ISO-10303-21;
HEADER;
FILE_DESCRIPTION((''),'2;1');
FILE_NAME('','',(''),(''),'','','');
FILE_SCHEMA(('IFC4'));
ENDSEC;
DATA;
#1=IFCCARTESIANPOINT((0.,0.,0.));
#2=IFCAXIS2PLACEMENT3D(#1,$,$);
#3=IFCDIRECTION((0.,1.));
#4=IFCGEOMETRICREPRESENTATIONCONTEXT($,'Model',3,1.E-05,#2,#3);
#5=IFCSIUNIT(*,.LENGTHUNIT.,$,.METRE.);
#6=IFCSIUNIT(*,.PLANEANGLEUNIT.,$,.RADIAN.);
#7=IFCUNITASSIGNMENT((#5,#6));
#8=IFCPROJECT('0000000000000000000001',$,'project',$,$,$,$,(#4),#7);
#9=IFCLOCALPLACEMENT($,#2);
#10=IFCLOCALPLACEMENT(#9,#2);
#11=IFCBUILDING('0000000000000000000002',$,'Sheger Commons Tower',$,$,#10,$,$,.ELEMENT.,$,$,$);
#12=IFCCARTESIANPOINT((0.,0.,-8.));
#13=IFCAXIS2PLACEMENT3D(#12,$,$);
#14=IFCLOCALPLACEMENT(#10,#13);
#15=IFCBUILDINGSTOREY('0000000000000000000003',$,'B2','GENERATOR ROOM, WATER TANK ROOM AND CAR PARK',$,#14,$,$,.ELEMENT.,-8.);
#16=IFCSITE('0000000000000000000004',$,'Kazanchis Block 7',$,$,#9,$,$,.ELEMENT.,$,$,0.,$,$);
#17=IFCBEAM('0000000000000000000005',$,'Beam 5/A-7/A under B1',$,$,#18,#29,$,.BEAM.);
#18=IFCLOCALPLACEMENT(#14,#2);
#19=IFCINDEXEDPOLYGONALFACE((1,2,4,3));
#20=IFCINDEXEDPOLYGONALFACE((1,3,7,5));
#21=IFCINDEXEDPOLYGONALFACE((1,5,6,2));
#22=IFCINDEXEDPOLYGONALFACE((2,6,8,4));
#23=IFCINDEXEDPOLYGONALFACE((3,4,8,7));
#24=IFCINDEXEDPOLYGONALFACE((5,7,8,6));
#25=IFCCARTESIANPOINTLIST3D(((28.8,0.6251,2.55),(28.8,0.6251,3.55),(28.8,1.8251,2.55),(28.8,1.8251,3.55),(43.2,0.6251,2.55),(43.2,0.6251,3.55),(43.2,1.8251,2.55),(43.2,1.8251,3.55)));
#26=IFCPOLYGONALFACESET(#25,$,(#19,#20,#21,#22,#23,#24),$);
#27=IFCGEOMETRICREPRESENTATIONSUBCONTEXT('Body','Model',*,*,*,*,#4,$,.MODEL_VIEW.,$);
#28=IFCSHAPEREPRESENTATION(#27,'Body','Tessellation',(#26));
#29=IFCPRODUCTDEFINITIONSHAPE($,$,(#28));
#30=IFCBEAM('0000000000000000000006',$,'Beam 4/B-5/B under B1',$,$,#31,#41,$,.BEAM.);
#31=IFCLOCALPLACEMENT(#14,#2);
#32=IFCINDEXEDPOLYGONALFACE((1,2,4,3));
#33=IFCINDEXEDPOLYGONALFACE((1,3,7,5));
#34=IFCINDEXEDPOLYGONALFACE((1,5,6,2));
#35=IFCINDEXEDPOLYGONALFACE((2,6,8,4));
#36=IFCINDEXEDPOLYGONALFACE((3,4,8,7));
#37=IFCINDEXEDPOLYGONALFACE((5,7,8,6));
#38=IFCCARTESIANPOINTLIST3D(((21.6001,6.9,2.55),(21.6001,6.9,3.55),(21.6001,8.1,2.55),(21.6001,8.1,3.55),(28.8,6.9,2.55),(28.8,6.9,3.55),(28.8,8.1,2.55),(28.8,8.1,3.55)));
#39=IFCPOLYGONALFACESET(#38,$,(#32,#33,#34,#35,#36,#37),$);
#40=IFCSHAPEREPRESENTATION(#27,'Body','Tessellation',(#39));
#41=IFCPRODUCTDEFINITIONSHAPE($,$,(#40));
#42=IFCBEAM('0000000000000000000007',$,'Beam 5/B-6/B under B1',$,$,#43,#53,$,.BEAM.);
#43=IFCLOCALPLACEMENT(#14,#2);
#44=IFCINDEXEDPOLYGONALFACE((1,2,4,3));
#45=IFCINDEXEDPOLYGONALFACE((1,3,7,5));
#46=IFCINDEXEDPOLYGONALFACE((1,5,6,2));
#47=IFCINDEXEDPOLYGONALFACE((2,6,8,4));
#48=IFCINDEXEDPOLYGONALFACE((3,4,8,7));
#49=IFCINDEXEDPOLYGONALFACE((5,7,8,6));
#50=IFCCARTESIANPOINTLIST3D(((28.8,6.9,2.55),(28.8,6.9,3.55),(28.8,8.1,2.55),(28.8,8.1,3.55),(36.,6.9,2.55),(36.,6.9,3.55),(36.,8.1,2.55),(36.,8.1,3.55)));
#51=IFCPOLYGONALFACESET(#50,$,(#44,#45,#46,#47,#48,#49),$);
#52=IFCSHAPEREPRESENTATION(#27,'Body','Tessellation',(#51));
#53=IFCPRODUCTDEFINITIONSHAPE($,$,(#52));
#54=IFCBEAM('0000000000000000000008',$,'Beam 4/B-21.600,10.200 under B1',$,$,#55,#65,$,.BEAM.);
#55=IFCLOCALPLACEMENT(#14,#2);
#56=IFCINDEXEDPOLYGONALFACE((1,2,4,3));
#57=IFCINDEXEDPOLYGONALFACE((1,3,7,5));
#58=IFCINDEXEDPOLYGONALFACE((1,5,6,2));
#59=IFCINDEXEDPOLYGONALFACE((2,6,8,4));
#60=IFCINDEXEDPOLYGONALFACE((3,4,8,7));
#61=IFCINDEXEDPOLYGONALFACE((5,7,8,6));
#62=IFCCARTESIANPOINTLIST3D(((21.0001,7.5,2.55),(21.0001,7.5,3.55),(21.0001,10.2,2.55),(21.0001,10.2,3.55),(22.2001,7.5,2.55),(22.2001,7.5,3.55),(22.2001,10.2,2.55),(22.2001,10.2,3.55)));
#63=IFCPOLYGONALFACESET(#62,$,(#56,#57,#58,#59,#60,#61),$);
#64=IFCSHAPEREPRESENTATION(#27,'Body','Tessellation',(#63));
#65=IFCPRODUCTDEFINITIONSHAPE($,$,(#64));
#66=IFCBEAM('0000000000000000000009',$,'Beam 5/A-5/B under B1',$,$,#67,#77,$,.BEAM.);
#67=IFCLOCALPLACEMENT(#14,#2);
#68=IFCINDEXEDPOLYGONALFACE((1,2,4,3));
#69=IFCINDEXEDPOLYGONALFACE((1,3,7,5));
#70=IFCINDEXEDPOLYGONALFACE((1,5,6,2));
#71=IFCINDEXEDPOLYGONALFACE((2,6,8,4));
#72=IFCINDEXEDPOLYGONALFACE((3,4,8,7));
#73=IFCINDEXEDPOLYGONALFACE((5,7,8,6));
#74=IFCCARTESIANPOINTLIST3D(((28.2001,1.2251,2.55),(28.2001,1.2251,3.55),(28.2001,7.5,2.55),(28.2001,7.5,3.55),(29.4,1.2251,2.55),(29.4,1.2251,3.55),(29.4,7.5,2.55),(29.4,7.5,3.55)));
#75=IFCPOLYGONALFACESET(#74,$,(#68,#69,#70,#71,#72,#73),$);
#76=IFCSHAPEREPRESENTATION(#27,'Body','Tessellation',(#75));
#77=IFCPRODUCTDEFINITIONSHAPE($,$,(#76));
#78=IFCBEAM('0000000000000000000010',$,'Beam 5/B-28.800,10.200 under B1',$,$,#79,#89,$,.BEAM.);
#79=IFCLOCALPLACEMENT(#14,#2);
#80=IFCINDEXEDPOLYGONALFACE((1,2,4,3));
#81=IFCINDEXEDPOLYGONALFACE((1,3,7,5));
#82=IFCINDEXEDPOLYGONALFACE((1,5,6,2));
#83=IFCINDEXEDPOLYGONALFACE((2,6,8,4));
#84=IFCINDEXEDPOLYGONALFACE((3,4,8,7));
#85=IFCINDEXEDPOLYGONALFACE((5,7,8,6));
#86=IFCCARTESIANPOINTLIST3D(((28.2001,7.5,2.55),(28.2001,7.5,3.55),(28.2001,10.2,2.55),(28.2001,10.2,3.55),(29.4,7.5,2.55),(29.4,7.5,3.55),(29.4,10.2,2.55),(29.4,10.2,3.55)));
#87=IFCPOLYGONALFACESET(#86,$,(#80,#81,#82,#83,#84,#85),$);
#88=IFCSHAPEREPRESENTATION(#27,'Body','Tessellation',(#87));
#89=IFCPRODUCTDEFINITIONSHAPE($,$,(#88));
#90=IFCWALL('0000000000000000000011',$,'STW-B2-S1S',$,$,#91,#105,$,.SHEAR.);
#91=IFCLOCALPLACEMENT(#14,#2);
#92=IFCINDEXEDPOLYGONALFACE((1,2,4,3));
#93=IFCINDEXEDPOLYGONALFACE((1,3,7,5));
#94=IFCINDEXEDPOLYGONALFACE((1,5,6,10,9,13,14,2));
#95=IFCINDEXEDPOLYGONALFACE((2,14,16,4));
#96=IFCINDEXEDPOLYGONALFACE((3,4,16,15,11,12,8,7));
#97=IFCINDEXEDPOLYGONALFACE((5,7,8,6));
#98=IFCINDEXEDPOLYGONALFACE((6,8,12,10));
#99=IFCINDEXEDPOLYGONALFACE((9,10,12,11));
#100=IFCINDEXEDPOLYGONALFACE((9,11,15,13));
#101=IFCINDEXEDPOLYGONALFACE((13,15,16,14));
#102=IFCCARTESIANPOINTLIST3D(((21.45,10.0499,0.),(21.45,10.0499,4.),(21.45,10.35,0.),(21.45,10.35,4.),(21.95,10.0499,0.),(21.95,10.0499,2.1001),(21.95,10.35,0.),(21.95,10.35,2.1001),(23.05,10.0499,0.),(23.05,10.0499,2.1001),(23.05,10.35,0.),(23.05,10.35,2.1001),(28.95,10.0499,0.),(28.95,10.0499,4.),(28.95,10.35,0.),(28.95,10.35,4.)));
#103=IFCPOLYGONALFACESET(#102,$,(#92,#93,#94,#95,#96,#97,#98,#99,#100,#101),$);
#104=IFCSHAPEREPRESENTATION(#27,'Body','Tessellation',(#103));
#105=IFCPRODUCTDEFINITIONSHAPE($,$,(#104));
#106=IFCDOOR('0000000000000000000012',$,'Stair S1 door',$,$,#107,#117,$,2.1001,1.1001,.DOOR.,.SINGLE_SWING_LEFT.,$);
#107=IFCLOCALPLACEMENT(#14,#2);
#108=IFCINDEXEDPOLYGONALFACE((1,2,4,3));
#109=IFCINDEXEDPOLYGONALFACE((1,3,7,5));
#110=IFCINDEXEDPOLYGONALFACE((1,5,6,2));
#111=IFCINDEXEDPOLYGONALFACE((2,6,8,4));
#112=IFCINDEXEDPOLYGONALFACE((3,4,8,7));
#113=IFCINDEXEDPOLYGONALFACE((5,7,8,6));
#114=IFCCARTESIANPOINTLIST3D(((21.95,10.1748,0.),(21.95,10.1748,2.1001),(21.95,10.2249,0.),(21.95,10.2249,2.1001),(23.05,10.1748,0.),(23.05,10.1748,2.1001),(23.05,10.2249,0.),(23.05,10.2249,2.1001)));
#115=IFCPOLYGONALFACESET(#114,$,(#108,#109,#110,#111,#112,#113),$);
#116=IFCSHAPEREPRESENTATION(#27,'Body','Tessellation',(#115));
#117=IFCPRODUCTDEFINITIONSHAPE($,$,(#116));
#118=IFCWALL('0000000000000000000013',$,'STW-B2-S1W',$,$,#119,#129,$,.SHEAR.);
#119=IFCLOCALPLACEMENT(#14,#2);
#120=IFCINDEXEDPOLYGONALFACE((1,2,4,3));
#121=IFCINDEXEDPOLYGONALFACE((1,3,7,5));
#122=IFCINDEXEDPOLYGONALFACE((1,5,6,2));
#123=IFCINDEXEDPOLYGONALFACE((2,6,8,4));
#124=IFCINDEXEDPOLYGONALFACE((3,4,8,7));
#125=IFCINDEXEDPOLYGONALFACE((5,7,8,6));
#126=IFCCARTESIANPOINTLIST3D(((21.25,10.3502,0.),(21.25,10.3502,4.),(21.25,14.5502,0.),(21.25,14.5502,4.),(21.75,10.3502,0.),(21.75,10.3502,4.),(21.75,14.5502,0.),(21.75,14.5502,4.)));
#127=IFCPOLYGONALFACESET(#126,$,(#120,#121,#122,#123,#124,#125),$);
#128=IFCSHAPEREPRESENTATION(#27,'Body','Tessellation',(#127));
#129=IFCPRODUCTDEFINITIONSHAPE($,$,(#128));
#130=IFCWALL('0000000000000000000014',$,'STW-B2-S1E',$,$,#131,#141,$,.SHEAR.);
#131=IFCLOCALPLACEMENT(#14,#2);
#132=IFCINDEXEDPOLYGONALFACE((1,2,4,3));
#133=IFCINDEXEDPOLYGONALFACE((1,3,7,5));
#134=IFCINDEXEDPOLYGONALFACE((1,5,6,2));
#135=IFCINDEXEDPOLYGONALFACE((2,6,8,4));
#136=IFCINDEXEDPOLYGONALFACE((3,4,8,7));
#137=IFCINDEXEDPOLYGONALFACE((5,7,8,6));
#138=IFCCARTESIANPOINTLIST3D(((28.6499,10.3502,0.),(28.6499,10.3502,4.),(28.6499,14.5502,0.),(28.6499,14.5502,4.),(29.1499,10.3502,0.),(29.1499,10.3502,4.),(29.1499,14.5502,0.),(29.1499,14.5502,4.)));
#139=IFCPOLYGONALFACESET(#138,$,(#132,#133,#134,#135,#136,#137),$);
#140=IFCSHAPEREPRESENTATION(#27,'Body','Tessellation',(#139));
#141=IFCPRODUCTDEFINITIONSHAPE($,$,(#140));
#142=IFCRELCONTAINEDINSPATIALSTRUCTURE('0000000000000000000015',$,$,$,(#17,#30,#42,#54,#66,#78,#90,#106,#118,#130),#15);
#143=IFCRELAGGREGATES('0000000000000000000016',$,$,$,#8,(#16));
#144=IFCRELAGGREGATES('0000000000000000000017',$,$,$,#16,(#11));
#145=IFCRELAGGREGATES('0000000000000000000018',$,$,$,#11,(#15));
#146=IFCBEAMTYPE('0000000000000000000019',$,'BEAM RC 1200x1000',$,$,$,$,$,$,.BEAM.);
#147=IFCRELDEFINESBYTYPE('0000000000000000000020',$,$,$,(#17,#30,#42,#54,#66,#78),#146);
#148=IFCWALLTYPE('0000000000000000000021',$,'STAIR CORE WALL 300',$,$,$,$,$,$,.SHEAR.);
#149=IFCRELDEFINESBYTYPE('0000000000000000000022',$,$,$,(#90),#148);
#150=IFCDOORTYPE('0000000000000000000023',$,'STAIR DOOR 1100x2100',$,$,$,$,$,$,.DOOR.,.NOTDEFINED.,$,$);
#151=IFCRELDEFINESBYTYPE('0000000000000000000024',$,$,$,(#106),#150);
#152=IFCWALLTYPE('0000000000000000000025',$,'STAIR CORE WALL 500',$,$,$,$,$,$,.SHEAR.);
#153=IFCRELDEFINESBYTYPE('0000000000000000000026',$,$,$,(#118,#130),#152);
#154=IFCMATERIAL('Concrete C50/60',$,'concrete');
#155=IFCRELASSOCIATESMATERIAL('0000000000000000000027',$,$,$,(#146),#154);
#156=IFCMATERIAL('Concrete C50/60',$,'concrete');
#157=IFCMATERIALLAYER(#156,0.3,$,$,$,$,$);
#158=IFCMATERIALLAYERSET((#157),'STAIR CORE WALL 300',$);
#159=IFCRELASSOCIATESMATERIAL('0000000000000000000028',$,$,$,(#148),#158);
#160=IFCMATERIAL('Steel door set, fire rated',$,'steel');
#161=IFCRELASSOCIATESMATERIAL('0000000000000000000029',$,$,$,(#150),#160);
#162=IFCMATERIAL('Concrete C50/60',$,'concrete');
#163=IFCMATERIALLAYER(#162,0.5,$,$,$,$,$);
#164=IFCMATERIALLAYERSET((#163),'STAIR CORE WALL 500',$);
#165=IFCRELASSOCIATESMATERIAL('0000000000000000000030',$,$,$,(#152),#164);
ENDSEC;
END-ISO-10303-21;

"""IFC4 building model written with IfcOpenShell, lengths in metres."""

from ifc_helpers import new_model, si_unit, direction, frame, frame_2d, origin, origin_2d, place, context, subcontext, project, spatial, rectangle, extrude, material, layer, layer_set, material_profile, profile_set, type_object, element, fill, save


model = new_model("IFC4")

# Units and contexts
model_context = context("Model", 3, precision=1e-05, world=origin(), true_north=direction((0.0, 1.0)))
body_context = subcontext(model_context, "Body", "Model", "MODEL_VIEW")
ifc_project = project(units=[si_unit("LENGTHUNIT", "METRE"), si_unit("PLANEANGLEUNIT", "RADIAN")], contexts=[model_context])

# Site, building, storey
site_placement = place(None, origin())
site = spatial("IfcSite", under=ifc_project, at=site_placement, Name="Kazanchis Block 7", CompositionType="ELEMENT", RefElevation=0.0)
building_placement = place(site_placement, origin())
building = spatial("IfcBuilding", under=site, at=building_placement, Name="Sheger Commons Tower", CompositionType="ELEMENT")
storey_placement = place(building_placement, frame((0.0, 0.0, -8.0)))
storey = spatial("IfcBuildingStorey", under=building, at=storey_placement, Name="B2", Description="GENERATOR ROOM, WATER TANK ROOM AND CAR PARK", CompositionType="ELEMENT", Elevation=-8.0)

# Beams
ifc_material_1 = material(Name="Concrete C50/60", Category="concrete")
ifc_material_profile_1 = material_profile(ifc_material_1, rectangle(XDim=1.2, YDim=1.0, at=origin_2d()), Name="RC 1200x1000")
ifc_profile_set_1 = profile_set([ifc_material_profile_1], Name="Concrete C50/60")
beam_type = type_object("IfcBeamType", Name="BEAM RC 1200x1000", PredefinedType="BEAM", material=ifc_profile_set_1)
beam_1_placement = place(storey_placement, frame((28.8, 1.2251, 3.05), z_axis=(1.0, 0.0, 0.0), x_axis=(0.0, 1.0, 0.0)))
element("IfcBeam", 1, at=beam_1_placement, inside=storey, type_object=beam_type, Name="Beam 5/A-7/A under B1", PredefinedType="BEAM", context=body_context, shape_type="SweptSolid", body=[
    extrude(rectangle(XDim=1.2, YDim=1.0, at=origin_2d()), origin(), (0.0, 0.0, 1.0), 14.3999),
])
for number, where, z_axis, x_axis, name in (
    (2, (21.6001, 7.5, 3.05), (1.0, 0.0, 0.0), (0.0, 1.0, 0.0), "Beam 4/B-5/B under B1"),
    (3, (28.8, 7.5, 3.05), (1.0, 0.0, 0.0), (0.0, 1.0, 0.0), "Beam 5/B-6/B under B1"),
):
    element("IfcBeam", number, at=place(storey_placement, frame(where, z_axis=z_axis, x_axis=x_axis)), inside=storey, type_object=beam_type, Name=name, PredefinedType="BEAM", context=body_context, shape_type="SweptSolid", body=[
        extrude(rectangle(XDim=1.2, YDim=1.0, at=origin_2d()), origin(), (0.0, 0.0, 1.0), 7.2),
    ])
beam_2_placement = place(storey_placement, frame((21.6001, 7.5, 3.05), z_axis=(0.0, 1.0, 0.0), x_axis=(-1.0, 0.0, 0.0)))
element("IfcBeam", 4, at=beam_2_placement, inside=storey, type_object=beam_type, Name="Beam 4/B-21.600,10.200 under B1", PredefinedType="BEAM", context=body_context, shape_type="SweptSolid", body=[
    extrude(rectangle(XDim=1.2, YDim=1.0, at=origin_2d()), origin(), (0.0, 0.0, 1.0), 2.7),
])
beam_3_placement = place(storey_placement, frame((28.8, 1.2251, 3.05), z_axis=(0.0, 1.0, 0.0), x_axis=(-1.0, 0.0, 0.0)))
element("IfcBeam", 5, at=beam_3_placement, inside=storey, type_object=beam_type, Name="Beam 5/A-5/B under B1", PredefinedType="BEAM", context=body_context, shape_type="SweptSolid", body=[
    extrude(rectangle(XDim=1.2, YDim=1.0, at=origin_2d()), origin(), (0.0, 0.0, 1.0), 6.2749),
])
beam_4_placement = place(storey_placement, frame((28.8, 7.5, 3.05), z_axis=(0.0, 1.0, 0.0), x_axis=(-1.0, 0.0, 0.0)))
element("IfcBeam", 6, at=beam_4_placement, inside=storey, type_object=beam_type, Name="Beam 5/B-28.800,10.200 under B1", PredefinedType="BEAM", context=body_context, shape_type="SweptSolid", body=[
    extrude(rectangle(XDim=1.2, YDim=1.0, at=origin_2d()), origin(), (0.0, 0.0, 1.0), 2.7),
])

# Wall, opening, door
ifc_material_2 = material(Name="Concrete C50/60", Category="concrete")
ifc_layer_1 = layer(ifc_material_2, 0.3)
ifc_layer_set_1 = layer_set([ifc_layer_1], Name="STAIR CORE WALL 300")
wall_type_1 = type_object("IfcWallType", Name="STAIR CORE WALL 300", PredefinedType="SHEAR", material=ifc_layer_set_1)
wall_placement = place(storey_placement, frame((21.45, 10.2, 0.0), z_axis=(0.0, 0.0, 1.0), x_axis=(1.0, 0.0, 0.0)))
wall = element("IfcWall", 7, at=wall_placement, inside=storey, type_object=wall_type_1, Name="STW-B2-S1S", PredefinedType="SHEAR", context=body_context, shape_type="SweptSolid", body=[
    extrude(rectangle(XDim=7.5, YDim=0.3, at=frame_2d((3.75, 0.0))), origin(), (0.0, 0.0, 1.0), 4.0),
])
opening_placement = place(wall_placement, frame((0.5, 0.0, 0.0)))
opening = element("IfcOpeningElement", 8, at=opening_placement, cuts=wall, PredefinedType="OPENING", context=body_context, shape_type="SweptSolid", body=[
    extrude(rectangle(XDim=1.1001, YDim=2.1001, at=frame_2d((0.55, 1.05))), frame((0.0, 0.1599, 0.0), z_axis=(0.0, -1.0, 0.0), x_axis=(1.0, 0.0, 0.0)), (0.0, 0.0, 1.0), 0.3201),
])
ifc_material_3 = material(Name="Steel door set, fire rated", Category="steel")
door_type = type_object("IfcDoorType", Name="STAIR DOOR 1100x2100", OperationType="NOTDEFINED", PredefinedType="DOOR", material=ifc_material_3)
door_placement = place(opening_placement, origin())
door = element("IfcDoor", 9, at=door_placement, inside=storey, type_object=door_type, Name="Stair S1 door", OperationType="SINGLE_SWING_LEFT", OverallHeight=2.1001, OverallWidth=1.1001, PredefinedType="DOOR", context=body_context, shape_type="SweptSolid", body=[
    extrude(rectangle(XDim=1.1001, YDim=2.1001, at=frame_2d((0.55, 1.05))), frame((0.0, 0.0249, 0.0), z_axis=(0.0, -1.0, 0.0), x_axis=(1.0, 0.0, 0.0)), (0.0, 0.0, 1.0), 0.05),
])
fill(opening, door)

# Walls
ifc_material_4 = material(Name="Concrete C50/60", Category="concrete")
ifc_layer_2 = layer(ifc_material_4, 0.5)
ifc_layer_set_2 = layer_set([ifc_layer_2], Name="STAIR CORE WALL 500")
wall_type_2 = type_object("IfcWallType", Name="STAIR CORE WALL 500", PredefinedType="SHEAR", material=ifc_layer_set_2)
for number, where, z_axis, x_axis, name in (
    (10, (21.5, 10.3501, 0.0), (0.0, 0.0, 1.0), (0.0, 1.0, 0.0), "STW-B2-S1W"),
    (11, (28.8999, 10.3501, 0.0), (0.0, 0.0, 1.0), (0.0, 1.0, 0.0), "STW-B2-S1E"),
):
    element("IfcWall", number, at=place(storey_placement, frame(where, z_axis=z_axis, x_axis=x_axis)), inside=storey, type_object=wall_type_2, Name=name, PredefinedType="SHEAR", context=body_context, shape_type="SweptSolid", body=[
        extrude(rectangle(XDim=4.2, YDim=0.5, at=frame_2d((2.1001, 0.0))), origin(), (0.0, 0.0, 1.0), 4.0),
    ])

save(model, "model.ifc")
